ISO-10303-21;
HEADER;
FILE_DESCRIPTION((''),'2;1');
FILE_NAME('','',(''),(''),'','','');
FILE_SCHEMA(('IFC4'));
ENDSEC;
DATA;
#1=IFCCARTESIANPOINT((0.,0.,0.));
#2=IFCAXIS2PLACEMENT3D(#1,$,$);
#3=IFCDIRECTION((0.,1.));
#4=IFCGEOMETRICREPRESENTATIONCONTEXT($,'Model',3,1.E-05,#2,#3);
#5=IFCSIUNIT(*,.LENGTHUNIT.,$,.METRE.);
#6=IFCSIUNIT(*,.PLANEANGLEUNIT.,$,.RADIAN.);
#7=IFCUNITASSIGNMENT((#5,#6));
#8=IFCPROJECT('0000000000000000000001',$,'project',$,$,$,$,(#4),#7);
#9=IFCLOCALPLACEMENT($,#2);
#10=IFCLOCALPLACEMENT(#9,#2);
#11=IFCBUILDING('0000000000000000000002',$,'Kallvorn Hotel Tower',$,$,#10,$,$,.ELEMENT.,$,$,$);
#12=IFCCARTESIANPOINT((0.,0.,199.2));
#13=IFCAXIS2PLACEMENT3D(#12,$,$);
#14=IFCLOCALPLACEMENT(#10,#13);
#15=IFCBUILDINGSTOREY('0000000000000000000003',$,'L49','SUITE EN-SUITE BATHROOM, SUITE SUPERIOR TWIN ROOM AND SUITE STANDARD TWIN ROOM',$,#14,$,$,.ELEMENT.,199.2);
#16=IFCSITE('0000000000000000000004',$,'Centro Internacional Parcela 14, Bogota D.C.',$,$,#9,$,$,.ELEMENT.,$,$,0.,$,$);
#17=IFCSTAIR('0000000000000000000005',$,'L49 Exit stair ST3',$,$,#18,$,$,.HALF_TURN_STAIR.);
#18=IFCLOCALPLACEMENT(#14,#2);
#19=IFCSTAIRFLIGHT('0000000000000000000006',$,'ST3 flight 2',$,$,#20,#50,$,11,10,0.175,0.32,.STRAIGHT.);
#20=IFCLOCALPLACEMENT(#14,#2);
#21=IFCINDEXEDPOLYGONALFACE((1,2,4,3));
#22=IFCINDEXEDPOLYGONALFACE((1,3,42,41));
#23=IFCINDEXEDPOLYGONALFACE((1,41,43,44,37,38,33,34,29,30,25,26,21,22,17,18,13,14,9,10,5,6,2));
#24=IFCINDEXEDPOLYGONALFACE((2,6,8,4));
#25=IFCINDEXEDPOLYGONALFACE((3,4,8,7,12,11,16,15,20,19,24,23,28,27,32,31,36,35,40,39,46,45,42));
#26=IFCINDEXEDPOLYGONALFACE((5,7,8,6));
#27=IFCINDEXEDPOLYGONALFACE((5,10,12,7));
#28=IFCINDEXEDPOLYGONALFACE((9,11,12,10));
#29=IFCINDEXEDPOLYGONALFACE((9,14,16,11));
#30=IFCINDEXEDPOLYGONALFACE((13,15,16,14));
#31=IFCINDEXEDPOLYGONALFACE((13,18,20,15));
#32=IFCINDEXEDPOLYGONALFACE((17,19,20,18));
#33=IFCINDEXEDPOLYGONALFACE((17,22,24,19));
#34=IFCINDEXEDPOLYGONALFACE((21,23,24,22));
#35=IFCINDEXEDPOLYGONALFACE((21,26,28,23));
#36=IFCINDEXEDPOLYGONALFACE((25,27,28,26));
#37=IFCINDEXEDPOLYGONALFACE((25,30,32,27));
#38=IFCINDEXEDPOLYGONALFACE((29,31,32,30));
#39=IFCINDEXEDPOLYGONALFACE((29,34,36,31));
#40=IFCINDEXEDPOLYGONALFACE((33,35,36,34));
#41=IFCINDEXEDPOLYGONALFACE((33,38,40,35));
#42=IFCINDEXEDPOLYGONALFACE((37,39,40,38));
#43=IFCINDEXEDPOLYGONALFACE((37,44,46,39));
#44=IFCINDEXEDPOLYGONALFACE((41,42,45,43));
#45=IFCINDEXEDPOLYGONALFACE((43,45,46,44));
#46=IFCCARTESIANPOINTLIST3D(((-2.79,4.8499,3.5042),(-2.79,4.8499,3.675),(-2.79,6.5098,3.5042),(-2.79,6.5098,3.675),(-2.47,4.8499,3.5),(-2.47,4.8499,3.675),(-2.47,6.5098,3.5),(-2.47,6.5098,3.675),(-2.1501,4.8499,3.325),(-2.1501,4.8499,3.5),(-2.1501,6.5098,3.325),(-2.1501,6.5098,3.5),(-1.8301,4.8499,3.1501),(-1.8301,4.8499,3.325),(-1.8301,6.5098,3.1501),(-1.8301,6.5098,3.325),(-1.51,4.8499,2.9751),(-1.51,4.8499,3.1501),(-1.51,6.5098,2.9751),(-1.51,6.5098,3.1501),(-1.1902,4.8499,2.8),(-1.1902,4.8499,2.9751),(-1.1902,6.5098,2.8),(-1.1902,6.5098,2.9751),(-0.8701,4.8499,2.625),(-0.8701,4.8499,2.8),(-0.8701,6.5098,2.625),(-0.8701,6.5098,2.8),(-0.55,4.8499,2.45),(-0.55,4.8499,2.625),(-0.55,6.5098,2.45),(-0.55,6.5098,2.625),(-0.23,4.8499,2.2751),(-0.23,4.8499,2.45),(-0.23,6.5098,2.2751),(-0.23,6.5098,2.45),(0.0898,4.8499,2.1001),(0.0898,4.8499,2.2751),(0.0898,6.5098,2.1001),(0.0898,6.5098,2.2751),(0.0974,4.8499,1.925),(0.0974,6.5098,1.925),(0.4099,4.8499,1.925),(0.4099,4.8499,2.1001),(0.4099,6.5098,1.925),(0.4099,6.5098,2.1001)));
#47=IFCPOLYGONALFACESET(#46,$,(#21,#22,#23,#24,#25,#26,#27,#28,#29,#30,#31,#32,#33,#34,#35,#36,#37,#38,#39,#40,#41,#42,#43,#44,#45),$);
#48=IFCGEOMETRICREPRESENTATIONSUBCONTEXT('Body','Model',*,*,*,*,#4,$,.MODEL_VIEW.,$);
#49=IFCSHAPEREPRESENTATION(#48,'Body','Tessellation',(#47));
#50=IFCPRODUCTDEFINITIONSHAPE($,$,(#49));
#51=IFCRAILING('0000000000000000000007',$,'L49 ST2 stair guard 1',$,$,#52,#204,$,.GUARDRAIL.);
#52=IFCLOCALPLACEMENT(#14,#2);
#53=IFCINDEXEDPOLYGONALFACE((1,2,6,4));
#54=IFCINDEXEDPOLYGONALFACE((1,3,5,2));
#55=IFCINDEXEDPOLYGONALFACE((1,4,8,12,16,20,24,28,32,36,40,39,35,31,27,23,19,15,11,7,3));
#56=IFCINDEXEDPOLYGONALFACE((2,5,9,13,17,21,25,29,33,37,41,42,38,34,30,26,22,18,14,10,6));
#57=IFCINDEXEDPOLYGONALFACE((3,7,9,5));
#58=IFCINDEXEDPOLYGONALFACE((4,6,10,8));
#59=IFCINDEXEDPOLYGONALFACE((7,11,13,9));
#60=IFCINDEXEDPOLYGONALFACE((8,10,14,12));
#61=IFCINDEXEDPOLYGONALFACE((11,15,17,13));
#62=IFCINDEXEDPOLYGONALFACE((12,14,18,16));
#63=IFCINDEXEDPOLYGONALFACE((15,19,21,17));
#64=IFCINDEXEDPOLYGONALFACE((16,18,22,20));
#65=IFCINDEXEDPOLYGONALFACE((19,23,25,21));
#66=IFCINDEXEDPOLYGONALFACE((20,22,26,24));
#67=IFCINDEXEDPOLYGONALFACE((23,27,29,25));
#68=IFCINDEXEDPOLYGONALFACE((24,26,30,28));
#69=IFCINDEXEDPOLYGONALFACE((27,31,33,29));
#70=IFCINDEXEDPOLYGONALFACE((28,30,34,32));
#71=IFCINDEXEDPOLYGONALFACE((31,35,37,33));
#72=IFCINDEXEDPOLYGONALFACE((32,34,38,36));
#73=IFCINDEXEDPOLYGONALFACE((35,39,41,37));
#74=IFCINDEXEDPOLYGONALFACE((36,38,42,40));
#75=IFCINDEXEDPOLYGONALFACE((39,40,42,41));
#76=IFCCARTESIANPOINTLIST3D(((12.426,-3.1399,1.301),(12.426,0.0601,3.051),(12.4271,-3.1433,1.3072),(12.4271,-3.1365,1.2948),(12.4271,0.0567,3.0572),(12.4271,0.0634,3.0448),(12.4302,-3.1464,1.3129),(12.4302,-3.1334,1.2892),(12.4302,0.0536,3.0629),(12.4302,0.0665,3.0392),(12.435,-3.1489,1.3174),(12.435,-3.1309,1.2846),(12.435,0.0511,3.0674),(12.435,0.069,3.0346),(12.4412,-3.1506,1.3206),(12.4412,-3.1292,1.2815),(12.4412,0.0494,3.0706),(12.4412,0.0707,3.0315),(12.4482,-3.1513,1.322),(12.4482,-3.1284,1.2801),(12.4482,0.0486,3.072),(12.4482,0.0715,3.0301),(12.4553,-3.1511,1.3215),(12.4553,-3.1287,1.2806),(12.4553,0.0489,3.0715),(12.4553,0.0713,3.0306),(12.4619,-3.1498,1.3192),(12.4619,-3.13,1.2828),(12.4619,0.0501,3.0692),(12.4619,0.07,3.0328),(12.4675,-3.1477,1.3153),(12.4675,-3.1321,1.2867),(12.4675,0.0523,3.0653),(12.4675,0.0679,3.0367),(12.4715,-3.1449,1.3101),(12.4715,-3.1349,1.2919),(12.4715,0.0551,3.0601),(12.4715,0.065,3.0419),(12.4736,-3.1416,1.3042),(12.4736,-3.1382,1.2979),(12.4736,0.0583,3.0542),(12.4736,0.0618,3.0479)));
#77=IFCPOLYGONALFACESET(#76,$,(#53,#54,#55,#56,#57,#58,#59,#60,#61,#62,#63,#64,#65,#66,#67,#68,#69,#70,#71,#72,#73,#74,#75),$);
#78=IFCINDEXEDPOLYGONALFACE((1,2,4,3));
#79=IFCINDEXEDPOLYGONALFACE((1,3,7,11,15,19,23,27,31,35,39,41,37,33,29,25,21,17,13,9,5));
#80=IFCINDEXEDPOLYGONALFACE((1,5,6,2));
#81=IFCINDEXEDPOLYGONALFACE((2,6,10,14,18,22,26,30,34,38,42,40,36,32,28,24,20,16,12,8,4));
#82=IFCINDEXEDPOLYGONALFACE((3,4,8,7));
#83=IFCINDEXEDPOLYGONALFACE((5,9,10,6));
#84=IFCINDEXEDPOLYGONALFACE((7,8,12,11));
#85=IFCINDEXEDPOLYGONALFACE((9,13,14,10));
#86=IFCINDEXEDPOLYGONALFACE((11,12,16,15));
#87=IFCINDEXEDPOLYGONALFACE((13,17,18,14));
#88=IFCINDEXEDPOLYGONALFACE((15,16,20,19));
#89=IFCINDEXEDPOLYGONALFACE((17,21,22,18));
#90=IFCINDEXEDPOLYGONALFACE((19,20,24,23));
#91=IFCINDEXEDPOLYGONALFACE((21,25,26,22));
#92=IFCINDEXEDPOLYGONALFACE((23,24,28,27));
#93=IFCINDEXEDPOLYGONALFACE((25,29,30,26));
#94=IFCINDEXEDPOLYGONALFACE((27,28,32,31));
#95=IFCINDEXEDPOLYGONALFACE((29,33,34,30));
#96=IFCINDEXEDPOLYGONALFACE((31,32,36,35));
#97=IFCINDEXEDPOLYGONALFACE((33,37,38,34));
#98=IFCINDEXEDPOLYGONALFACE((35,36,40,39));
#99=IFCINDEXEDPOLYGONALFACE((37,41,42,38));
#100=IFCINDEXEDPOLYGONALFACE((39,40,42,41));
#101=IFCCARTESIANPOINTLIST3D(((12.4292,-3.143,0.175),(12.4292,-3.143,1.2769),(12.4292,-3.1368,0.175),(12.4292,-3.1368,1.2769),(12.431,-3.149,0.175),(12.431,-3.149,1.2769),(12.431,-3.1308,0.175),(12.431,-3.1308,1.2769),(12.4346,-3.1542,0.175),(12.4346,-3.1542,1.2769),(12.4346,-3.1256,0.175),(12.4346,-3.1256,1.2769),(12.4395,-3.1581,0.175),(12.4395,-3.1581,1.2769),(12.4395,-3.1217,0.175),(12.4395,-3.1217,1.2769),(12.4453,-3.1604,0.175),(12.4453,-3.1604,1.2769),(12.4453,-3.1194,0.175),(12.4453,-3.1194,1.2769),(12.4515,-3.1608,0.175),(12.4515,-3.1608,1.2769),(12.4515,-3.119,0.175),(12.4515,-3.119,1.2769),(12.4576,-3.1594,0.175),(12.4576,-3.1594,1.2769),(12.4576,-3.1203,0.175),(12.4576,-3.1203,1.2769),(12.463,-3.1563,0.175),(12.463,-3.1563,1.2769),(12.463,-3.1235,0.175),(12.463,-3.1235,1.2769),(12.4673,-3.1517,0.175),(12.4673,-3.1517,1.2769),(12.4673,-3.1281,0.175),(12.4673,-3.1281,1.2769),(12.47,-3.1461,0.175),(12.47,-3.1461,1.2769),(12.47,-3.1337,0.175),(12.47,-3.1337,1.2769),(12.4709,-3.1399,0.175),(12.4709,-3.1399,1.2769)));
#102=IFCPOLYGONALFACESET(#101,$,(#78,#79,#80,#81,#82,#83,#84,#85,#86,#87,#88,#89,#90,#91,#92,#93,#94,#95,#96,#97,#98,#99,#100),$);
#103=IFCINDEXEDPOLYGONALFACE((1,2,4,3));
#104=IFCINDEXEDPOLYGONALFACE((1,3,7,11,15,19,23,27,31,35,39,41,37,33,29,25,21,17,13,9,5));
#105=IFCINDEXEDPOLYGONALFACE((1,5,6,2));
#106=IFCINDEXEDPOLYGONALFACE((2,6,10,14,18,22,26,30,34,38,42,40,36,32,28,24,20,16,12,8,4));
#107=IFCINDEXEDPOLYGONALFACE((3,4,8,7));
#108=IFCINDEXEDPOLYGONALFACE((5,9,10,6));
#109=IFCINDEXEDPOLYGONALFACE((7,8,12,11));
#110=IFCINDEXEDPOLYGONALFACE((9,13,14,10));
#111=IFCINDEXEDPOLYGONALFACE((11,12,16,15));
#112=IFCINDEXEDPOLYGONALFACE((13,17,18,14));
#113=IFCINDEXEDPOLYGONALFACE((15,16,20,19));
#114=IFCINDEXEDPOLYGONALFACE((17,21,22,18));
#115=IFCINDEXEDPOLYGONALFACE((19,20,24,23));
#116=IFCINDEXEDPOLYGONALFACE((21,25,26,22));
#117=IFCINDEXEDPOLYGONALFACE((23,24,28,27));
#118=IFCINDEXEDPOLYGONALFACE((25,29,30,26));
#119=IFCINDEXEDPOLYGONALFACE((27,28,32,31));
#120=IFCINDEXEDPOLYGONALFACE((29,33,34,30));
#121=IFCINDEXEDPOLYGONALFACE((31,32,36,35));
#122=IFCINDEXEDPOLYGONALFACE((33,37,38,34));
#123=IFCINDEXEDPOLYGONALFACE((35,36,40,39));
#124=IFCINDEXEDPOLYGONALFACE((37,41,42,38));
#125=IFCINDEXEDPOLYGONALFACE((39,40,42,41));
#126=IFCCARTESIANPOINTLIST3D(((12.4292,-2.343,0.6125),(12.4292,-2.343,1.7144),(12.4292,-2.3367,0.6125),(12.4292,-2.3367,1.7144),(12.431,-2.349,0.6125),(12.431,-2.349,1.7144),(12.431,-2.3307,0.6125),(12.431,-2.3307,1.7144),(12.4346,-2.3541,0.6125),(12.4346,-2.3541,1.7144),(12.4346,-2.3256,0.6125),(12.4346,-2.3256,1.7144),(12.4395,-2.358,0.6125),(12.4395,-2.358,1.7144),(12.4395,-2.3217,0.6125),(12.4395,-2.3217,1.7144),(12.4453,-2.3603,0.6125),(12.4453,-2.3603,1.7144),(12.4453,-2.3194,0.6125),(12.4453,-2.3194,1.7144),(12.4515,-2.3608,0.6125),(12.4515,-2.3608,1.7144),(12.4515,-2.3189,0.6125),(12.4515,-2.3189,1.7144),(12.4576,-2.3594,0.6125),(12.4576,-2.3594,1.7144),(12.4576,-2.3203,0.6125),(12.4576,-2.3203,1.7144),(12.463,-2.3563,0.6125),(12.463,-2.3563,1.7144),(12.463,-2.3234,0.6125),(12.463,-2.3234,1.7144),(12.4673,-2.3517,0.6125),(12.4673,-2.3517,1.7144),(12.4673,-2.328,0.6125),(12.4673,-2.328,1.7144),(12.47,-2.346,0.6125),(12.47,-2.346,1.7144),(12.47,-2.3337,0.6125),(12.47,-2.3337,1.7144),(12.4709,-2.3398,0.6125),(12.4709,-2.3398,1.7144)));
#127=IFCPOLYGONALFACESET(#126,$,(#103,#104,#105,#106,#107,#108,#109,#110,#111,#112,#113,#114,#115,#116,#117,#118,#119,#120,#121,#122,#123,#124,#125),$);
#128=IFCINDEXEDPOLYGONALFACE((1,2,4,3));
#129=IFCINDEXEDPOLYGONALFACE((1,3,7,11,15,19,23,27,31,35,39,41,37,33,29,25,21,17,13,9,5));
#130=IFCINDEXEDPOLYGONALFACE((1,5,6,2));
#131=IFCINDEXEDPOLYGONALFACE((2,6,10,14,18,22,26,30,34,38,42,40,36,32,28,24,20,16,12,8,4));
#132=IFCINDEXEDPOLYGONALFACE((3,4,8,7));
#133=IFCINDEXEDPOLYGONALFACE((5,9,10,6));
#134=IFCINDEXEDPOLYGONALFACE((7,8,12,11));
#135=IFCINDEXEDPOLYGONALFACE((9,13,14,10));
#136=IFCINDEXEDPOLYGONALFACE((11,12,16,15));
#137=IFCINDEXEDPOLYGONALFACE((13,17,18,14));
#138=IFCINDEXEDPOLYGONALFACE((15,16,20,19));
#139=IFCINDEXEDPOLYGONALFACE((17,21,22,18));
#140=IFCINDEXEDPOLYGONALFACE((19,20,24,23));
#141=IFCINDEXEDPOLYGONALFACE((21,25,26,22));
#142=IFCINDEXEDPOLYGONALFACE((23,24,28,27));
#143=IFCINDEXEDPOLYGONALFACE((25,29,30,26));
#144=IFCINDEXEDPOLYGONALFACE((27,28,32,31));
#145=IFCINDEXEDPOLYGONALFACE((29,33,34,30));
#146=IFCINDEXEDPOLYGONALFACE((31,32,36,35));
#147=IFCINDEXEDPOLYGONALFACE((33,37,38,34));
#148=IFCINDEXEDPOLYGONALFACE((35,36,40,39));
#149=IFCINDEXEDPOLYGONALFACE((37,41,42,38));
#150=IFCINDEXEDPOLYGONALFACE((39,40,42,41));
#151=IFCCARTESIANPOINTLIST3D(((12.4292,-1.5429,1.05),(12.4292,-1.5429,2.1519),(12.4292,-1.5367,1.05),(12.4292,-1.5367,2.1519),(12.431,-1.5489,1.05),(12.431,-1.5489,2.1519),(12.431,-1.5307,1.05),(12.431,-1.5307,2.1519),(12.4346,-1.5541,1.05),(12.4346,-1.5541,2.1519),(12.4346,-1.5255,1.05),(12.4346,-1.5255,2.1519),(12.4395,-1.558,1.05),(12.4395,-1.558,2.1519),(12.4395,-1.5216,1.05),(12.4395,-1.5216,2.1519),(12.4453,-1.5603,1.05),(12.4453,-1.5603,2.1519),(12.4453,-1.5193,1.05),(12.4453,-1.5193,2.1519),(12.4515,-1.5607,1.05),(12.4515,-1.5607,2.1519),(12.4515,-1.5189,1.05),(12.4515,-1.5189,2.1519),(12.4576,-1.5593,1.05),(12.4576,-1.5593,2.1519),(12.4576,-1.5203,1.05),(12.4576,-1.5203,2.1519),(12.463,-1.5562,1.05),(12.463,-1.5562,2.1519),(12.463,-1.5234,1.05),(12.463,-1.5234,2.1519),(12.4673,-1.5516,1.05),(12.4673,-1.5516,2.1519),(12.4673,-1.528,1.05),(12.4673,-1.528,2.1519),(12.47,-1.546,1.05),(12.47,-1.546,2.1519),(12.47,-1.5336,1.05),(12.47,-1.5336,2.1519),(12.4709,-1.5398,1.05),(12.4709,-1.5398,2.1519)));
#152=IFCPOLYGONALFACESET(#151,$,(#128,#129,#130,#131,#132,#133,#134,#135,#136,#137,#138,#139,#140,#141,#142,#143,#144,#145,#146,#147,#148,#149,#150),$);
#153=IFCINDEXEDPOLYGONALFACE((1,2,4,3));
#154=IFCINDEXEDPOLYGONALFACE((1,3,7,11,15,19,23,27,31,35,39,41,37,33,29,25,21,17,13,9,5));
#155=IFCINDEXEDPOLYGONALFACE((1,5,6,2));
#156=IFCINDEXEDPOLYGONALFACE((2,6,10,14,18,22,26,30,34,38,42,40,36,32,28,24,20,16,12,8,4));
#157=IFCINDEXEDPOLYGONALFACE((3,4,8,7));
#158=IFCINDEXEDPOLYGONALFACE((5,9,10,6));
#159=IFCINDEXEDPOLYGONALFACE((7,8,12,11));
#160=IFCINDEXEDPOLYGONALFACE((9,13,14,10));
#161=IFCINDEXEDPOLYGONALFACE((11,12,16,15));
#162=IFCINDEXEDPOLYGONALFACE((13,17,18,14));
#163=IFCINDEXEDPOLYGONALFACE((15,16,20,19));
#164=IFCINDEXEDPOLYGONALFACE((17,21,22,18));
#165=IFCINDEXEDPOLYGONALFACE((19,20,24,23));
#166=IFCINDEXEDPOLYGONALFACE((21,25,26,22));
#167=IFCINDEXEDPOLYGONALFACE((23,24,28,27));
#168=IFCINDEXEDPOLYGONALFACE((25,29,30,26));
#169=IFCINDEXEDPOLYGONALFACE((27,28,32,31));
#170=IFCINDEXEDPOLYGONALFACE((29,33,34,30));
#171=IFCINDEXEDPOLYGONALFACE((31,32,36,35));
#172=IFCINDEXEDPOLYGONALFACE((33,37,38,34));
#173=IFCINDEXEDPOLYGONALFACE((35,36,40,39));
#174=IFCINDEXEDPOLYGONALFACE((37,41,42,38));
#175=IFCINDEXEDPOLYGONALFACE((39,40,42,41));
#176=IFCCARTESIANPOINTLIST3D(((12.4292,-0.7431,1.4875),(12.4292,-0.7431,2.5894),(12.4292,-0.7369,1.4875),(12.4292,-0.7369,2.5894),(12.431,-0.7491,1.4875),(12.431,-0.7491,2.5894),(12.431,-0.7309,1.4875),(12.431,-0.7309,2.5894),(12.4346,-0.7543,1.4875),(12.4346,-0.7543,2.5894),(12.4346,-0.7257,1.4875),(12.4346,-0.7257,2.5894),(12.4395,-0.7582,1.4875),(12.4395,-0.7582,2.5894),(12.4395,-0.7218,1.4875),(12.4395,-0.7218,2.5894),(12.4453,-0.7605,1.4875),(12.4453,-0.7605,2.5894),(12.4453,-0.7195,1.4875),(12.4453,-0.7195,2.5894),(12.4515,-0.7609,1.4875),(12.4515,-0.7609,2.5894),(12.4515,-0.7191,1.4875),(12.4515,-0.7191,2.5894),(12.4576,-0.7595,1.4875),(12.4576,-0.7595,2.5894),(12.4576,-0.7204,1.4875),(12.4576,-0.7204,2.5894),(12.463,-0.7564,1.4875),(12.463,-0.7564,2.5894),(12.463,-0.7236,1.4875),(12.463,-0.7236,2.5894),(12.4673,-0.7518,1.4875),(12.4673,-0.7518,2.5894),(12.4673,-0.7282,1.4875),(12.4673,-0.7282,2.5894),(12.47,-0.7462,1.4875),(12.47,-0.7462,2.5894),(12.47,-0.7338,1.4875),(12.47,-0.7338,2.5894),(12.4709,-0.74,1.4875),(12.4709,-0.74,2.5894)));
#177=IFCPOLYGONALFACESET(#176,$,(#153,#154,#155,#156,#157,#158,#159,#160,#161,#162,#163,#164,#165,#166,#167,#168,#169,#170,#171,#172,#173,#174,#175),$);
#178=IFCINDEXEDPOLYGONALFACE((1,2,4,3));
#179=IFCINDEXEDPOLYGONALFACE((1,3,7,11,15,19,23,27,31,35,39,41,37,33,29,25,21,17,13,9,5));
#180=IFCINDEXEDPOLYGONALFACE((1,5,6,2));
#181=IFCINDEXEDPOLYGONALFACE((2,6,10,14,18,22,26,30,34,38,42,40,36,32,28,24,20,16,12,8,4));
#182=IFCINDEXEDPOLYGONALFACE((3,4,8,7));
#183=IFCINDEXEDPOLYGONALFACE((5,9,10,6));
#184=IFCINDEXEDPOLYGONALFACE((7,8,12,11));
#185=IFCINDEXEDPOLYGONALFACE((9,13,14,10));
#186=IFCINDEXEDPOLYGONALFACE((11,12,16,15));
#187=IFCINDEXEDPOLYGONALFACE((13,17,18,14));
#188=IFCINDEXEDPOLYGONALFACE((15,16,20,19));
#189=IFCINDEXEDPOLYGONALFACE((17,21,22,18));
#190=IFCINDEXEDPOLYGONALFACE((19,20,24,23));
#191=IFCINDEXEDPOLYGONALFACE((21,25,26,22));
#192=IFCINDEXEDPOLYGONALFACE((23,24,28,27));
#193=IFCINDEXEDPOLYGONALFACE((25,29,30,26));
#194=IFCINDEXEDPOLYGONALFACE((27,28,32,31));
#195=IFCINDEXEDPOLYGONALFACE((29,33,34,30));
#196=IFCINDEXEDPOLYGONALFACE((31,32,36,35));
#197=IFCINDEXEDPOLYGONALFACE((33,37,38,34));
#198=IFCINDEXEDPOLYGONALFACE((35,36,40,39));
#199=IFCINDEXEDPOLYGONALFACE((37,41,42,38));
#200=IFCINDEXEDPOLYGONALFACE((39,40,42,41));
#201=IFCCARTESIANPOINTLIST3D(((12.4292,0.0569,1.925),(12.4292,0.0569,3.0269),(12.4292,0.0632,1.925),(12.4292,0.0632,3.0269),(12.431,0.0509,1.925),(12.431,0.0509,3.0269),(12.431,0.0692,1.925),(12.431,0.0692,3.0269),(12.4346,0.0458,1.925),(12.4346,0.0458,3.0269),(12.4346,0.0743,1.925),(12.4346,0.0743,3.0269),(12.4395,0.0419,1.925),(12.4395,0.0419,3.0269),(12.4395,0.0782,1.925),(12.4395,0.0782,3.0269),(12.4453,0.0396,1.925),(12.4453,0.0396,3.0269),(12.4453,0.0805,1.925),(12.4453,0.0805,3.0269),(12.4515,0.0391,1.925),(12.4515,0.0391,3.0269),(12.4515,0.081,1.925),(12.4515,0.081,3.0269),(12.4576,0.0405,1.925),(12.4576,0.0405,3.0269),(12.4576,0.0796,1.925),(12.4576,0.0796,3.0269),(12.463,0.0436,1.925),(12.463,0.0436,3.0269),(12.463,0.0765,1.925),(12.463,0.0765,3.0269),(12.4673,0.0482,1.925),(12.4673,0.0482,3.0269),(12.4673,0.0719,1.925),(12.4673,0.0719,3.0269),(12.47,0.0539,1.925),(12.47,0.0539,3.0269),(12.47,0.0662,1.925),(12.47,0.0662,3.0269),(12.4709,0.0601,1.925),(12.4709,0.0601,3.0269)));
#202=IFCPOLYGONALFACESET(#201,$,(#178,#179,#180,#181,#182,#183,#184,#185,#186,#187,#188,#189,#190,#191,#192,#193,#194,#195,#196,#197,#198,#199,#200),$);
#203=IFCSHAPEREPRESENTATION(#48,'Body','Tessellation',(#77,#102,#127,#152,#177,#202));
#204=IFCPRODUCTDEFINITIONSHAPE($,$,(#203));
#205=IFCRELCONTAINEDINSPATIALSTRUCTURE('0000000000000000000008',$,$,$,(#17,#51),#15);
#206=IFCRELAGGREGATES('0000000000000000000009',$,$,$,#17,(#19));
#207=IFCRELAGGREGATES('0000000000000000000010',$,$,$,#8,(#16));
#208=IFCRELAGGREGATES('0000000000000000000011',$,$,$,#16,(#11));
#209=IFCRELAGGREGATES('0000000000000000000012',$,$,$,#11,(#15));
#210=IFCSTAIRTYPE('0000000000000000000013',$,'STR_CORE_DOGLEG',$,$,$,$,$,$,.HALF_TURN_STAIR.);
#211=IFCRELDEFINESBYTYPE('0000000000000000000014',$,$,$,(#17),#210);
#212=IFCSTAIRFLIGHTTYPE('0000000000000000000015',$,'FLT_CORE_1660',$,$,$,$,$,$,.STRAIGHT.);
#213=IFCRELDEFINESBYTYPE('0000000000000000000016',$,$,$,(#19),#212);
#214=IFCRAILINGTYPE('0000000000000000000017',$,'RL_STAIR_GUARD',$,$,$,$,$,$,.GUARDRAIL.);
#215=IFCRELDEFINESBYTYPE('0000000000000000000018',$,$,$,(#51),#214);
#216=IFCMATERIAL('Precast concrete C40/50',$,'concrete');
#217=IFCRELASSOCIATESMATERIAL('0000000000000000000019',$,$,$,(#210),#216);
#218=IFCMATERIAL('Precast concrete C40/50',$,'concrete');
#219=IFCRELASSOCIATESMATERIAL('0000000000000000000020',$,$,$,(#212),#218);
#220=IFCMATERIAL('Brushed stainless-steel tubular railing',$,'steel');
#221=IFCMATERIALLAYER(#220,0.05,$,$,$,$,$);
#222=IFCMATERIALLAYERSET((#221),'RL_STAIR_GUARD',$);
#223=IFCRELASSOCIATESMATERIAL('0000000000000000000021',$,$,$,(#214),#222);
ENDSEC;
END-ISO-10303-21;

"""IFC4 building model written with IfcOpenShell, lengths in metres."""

from ifc_helpers import new_model, si_unit, direction, frame, origin, origin_2d, place, context, subcontext, project, spatial, polyline, circle, outline, extrude, material, layer, layer_set, type_object, element, aggregate, save


model = new_model("IFC4")

# Units and contexts
model_context = context("Model", 3, precision=1e-05, world=origin(), true_north=direction((0.0, 1.0)))
body_context = subcontext(model_context, "Body", "Model", "MODEL_VIEW")
ifc_project = project(units=[si_unit("LENGTHUNIT", "METRE"), si_unit("PLANEANGLEUNIT", "RADIAN")], contexts=[model_context])

# Site, building, storey
site_placement = place(None, origin())
site = spatial("IfcSite", under=ifc_project, at=site_placement, Name="Centro Internacional Parcela 14, Bogota D.C.", CompositionType="ELEMENT", RefElevation=0.0)
building_placement = place(site_placement, origin())
building = spatial("IfcBuilding", under=site, at=building_placement, Name="Kallvorn Hotel Tower", CompositionType="ELEMENT")
storey_placement = place(building_placement, frame((0.0, 0.0, 199.2)))
storey = spatial("IfcBuildingStorey", under=building, at=storey_placement, Name="L49", Description="SUITE EN-SUITE BATHROOM, SUITE SUPERIOR TWIN ROOM AND SUITE STANDARD TWIN ROOM", CompositionType="ELEMENT", Elevation=199.2)

# Shared definitions
ifc_material_1 = material(Name="Precast concrete C40/50", Category="concrete")
stair_type = type_object("IfcStairType", Name="STR_CORE_DOGLEG", PredefinedType="HALF_TURN_STAIR", material=ifc_material_1)
ifc_material_2 = material(Name="Precast concrete C40/50", Category="concrete")
stair_flight_type = type_object("IfcStairFlightType", Name="FLT_CORE_1660", PredefinedType="STRAIGHT", material=ifc_material_2)

# Stair, stair flight
stair_1_placement = place(storey_placement, origin())
stair_1 = element("IfcStair", 1, at=stair_1_placement, inside=storey, type_object=stair_type, Name="L49 Exit stair ST3", PredefinedType="HALF_TURN_STAIR")
stair_flight_1_placement = place(storey_placement, frame((0.4099, 5.6799, 1.925), z_axis=(0.0, 0.0, 1.0), x_axis=(-1.0, 0.0, 0.0)))
stair_flight_1 = element("IfcStairFlight", 2, at=stair_flight_1_placement, type_object=stair_flight_type, Name="ST3 flight 2", NumberOfRisers=11, NumberOfTreads=10, PredefinedType="STRAIGHT", RiserHeight=0.175, TreadLength=0.32, context=body_context, shape_type="SweptSolid", body=[
    extrude(outline(polyline([(0.0, 0.0), (0.0, 0.175), (0.3201, 0.175), (0.3201, 0.3501), (0.6399, 0.3501), (0.6399, 0.5249), (0.96, 0.5249), (0.96, 0.7), (1.28, 0.7), (1.28, 0.875), (1.6001, 0.875), (1.6001, 1.05), (1.9199, 1.05), (1.9199, 1.2251), (2.24, 1.2251), (2.24, 1.3999), (2.5601, 1.3999), (2.5601, 1.575), (2.8799, 1.575), (2.8799, 1.75), (3.2, 1.75), (3.2, 1.925), (3.2, 1.5791), (0.3125, 0.0), (0.0, 0.0)])), frame((0.0, 0.8301, 0.0), z_axis=(0.0, -1.0, 0.0), x_axis=(1.0, 0.0, 0.0)), (0.0, 0.0, 1.0), 1.6599),
])
aggregate(stair_1, [stair_flight_1])

# Railing
ifc_material_3 = material(Name="Brushed stainless-steel tubular railing", Category="steel")
ifc_layer_1 = layer(ifc_material_3, 0.05)
ifc_layer_set_1 = layer_set([ifc_layer_1], Name="RL_STAIR_GUARD")
railing_type_1 = type_object("IfcRailingType", Name="RL_STAIR_GUARD", PredefinedType="GUARDRAIL", material=ifc_layer_set_1)
railing_1_placement = place(storey_placement, frame((12.45, -3.1399, 0.175)))
element("IfcRailing", 3, at=railing_1_placement, inside=storey, type_object=railing_type_1, Name="L49 ST2 stair guard 1", PredefinedType="GUARDRAIL", context=body_context, shape_type="SweptSolid", body=[
    extrude(circle(Radius=0.0239, at=origin_2d()), frame((0.0, 0.0, 1.126), z_axis=(0.0, 0.877368, 0.479818), x_axis=(-1.0, 0.0, 0.0)), (0.0, 0.0, 1.0), 3.6472),
    extrude(circle(Radius=0.021, at=origin_2d()), origin(), (0.0, 0.0, 1.0), 1.1018),
    extrude(circle(Radius=0.021, at=origin_2d()), frame((0.0, 0.8, 0.4375)), (0.0, 0.0, 1.0), 1.1018),
    extrude(circle(Radius=0.021, at=origin_2d()), frame((0.0, 1.6001, 0.875)), (0.0, 0.0, 1.0), 1.1018),
    extrude(circle(Radius=0.021, at=origin_2d()), frame((0.0, 2.3999, 1.3125)), (0.0, 0.0, 1.0), 1.1018),
    extrude(circle(Radius=0.021, at=origin_2d()), frame((0.0, 3.2, 1.75)), (0.0, 0.0, 1.0), 1.1018),
])

save(model, "model.ifc")
